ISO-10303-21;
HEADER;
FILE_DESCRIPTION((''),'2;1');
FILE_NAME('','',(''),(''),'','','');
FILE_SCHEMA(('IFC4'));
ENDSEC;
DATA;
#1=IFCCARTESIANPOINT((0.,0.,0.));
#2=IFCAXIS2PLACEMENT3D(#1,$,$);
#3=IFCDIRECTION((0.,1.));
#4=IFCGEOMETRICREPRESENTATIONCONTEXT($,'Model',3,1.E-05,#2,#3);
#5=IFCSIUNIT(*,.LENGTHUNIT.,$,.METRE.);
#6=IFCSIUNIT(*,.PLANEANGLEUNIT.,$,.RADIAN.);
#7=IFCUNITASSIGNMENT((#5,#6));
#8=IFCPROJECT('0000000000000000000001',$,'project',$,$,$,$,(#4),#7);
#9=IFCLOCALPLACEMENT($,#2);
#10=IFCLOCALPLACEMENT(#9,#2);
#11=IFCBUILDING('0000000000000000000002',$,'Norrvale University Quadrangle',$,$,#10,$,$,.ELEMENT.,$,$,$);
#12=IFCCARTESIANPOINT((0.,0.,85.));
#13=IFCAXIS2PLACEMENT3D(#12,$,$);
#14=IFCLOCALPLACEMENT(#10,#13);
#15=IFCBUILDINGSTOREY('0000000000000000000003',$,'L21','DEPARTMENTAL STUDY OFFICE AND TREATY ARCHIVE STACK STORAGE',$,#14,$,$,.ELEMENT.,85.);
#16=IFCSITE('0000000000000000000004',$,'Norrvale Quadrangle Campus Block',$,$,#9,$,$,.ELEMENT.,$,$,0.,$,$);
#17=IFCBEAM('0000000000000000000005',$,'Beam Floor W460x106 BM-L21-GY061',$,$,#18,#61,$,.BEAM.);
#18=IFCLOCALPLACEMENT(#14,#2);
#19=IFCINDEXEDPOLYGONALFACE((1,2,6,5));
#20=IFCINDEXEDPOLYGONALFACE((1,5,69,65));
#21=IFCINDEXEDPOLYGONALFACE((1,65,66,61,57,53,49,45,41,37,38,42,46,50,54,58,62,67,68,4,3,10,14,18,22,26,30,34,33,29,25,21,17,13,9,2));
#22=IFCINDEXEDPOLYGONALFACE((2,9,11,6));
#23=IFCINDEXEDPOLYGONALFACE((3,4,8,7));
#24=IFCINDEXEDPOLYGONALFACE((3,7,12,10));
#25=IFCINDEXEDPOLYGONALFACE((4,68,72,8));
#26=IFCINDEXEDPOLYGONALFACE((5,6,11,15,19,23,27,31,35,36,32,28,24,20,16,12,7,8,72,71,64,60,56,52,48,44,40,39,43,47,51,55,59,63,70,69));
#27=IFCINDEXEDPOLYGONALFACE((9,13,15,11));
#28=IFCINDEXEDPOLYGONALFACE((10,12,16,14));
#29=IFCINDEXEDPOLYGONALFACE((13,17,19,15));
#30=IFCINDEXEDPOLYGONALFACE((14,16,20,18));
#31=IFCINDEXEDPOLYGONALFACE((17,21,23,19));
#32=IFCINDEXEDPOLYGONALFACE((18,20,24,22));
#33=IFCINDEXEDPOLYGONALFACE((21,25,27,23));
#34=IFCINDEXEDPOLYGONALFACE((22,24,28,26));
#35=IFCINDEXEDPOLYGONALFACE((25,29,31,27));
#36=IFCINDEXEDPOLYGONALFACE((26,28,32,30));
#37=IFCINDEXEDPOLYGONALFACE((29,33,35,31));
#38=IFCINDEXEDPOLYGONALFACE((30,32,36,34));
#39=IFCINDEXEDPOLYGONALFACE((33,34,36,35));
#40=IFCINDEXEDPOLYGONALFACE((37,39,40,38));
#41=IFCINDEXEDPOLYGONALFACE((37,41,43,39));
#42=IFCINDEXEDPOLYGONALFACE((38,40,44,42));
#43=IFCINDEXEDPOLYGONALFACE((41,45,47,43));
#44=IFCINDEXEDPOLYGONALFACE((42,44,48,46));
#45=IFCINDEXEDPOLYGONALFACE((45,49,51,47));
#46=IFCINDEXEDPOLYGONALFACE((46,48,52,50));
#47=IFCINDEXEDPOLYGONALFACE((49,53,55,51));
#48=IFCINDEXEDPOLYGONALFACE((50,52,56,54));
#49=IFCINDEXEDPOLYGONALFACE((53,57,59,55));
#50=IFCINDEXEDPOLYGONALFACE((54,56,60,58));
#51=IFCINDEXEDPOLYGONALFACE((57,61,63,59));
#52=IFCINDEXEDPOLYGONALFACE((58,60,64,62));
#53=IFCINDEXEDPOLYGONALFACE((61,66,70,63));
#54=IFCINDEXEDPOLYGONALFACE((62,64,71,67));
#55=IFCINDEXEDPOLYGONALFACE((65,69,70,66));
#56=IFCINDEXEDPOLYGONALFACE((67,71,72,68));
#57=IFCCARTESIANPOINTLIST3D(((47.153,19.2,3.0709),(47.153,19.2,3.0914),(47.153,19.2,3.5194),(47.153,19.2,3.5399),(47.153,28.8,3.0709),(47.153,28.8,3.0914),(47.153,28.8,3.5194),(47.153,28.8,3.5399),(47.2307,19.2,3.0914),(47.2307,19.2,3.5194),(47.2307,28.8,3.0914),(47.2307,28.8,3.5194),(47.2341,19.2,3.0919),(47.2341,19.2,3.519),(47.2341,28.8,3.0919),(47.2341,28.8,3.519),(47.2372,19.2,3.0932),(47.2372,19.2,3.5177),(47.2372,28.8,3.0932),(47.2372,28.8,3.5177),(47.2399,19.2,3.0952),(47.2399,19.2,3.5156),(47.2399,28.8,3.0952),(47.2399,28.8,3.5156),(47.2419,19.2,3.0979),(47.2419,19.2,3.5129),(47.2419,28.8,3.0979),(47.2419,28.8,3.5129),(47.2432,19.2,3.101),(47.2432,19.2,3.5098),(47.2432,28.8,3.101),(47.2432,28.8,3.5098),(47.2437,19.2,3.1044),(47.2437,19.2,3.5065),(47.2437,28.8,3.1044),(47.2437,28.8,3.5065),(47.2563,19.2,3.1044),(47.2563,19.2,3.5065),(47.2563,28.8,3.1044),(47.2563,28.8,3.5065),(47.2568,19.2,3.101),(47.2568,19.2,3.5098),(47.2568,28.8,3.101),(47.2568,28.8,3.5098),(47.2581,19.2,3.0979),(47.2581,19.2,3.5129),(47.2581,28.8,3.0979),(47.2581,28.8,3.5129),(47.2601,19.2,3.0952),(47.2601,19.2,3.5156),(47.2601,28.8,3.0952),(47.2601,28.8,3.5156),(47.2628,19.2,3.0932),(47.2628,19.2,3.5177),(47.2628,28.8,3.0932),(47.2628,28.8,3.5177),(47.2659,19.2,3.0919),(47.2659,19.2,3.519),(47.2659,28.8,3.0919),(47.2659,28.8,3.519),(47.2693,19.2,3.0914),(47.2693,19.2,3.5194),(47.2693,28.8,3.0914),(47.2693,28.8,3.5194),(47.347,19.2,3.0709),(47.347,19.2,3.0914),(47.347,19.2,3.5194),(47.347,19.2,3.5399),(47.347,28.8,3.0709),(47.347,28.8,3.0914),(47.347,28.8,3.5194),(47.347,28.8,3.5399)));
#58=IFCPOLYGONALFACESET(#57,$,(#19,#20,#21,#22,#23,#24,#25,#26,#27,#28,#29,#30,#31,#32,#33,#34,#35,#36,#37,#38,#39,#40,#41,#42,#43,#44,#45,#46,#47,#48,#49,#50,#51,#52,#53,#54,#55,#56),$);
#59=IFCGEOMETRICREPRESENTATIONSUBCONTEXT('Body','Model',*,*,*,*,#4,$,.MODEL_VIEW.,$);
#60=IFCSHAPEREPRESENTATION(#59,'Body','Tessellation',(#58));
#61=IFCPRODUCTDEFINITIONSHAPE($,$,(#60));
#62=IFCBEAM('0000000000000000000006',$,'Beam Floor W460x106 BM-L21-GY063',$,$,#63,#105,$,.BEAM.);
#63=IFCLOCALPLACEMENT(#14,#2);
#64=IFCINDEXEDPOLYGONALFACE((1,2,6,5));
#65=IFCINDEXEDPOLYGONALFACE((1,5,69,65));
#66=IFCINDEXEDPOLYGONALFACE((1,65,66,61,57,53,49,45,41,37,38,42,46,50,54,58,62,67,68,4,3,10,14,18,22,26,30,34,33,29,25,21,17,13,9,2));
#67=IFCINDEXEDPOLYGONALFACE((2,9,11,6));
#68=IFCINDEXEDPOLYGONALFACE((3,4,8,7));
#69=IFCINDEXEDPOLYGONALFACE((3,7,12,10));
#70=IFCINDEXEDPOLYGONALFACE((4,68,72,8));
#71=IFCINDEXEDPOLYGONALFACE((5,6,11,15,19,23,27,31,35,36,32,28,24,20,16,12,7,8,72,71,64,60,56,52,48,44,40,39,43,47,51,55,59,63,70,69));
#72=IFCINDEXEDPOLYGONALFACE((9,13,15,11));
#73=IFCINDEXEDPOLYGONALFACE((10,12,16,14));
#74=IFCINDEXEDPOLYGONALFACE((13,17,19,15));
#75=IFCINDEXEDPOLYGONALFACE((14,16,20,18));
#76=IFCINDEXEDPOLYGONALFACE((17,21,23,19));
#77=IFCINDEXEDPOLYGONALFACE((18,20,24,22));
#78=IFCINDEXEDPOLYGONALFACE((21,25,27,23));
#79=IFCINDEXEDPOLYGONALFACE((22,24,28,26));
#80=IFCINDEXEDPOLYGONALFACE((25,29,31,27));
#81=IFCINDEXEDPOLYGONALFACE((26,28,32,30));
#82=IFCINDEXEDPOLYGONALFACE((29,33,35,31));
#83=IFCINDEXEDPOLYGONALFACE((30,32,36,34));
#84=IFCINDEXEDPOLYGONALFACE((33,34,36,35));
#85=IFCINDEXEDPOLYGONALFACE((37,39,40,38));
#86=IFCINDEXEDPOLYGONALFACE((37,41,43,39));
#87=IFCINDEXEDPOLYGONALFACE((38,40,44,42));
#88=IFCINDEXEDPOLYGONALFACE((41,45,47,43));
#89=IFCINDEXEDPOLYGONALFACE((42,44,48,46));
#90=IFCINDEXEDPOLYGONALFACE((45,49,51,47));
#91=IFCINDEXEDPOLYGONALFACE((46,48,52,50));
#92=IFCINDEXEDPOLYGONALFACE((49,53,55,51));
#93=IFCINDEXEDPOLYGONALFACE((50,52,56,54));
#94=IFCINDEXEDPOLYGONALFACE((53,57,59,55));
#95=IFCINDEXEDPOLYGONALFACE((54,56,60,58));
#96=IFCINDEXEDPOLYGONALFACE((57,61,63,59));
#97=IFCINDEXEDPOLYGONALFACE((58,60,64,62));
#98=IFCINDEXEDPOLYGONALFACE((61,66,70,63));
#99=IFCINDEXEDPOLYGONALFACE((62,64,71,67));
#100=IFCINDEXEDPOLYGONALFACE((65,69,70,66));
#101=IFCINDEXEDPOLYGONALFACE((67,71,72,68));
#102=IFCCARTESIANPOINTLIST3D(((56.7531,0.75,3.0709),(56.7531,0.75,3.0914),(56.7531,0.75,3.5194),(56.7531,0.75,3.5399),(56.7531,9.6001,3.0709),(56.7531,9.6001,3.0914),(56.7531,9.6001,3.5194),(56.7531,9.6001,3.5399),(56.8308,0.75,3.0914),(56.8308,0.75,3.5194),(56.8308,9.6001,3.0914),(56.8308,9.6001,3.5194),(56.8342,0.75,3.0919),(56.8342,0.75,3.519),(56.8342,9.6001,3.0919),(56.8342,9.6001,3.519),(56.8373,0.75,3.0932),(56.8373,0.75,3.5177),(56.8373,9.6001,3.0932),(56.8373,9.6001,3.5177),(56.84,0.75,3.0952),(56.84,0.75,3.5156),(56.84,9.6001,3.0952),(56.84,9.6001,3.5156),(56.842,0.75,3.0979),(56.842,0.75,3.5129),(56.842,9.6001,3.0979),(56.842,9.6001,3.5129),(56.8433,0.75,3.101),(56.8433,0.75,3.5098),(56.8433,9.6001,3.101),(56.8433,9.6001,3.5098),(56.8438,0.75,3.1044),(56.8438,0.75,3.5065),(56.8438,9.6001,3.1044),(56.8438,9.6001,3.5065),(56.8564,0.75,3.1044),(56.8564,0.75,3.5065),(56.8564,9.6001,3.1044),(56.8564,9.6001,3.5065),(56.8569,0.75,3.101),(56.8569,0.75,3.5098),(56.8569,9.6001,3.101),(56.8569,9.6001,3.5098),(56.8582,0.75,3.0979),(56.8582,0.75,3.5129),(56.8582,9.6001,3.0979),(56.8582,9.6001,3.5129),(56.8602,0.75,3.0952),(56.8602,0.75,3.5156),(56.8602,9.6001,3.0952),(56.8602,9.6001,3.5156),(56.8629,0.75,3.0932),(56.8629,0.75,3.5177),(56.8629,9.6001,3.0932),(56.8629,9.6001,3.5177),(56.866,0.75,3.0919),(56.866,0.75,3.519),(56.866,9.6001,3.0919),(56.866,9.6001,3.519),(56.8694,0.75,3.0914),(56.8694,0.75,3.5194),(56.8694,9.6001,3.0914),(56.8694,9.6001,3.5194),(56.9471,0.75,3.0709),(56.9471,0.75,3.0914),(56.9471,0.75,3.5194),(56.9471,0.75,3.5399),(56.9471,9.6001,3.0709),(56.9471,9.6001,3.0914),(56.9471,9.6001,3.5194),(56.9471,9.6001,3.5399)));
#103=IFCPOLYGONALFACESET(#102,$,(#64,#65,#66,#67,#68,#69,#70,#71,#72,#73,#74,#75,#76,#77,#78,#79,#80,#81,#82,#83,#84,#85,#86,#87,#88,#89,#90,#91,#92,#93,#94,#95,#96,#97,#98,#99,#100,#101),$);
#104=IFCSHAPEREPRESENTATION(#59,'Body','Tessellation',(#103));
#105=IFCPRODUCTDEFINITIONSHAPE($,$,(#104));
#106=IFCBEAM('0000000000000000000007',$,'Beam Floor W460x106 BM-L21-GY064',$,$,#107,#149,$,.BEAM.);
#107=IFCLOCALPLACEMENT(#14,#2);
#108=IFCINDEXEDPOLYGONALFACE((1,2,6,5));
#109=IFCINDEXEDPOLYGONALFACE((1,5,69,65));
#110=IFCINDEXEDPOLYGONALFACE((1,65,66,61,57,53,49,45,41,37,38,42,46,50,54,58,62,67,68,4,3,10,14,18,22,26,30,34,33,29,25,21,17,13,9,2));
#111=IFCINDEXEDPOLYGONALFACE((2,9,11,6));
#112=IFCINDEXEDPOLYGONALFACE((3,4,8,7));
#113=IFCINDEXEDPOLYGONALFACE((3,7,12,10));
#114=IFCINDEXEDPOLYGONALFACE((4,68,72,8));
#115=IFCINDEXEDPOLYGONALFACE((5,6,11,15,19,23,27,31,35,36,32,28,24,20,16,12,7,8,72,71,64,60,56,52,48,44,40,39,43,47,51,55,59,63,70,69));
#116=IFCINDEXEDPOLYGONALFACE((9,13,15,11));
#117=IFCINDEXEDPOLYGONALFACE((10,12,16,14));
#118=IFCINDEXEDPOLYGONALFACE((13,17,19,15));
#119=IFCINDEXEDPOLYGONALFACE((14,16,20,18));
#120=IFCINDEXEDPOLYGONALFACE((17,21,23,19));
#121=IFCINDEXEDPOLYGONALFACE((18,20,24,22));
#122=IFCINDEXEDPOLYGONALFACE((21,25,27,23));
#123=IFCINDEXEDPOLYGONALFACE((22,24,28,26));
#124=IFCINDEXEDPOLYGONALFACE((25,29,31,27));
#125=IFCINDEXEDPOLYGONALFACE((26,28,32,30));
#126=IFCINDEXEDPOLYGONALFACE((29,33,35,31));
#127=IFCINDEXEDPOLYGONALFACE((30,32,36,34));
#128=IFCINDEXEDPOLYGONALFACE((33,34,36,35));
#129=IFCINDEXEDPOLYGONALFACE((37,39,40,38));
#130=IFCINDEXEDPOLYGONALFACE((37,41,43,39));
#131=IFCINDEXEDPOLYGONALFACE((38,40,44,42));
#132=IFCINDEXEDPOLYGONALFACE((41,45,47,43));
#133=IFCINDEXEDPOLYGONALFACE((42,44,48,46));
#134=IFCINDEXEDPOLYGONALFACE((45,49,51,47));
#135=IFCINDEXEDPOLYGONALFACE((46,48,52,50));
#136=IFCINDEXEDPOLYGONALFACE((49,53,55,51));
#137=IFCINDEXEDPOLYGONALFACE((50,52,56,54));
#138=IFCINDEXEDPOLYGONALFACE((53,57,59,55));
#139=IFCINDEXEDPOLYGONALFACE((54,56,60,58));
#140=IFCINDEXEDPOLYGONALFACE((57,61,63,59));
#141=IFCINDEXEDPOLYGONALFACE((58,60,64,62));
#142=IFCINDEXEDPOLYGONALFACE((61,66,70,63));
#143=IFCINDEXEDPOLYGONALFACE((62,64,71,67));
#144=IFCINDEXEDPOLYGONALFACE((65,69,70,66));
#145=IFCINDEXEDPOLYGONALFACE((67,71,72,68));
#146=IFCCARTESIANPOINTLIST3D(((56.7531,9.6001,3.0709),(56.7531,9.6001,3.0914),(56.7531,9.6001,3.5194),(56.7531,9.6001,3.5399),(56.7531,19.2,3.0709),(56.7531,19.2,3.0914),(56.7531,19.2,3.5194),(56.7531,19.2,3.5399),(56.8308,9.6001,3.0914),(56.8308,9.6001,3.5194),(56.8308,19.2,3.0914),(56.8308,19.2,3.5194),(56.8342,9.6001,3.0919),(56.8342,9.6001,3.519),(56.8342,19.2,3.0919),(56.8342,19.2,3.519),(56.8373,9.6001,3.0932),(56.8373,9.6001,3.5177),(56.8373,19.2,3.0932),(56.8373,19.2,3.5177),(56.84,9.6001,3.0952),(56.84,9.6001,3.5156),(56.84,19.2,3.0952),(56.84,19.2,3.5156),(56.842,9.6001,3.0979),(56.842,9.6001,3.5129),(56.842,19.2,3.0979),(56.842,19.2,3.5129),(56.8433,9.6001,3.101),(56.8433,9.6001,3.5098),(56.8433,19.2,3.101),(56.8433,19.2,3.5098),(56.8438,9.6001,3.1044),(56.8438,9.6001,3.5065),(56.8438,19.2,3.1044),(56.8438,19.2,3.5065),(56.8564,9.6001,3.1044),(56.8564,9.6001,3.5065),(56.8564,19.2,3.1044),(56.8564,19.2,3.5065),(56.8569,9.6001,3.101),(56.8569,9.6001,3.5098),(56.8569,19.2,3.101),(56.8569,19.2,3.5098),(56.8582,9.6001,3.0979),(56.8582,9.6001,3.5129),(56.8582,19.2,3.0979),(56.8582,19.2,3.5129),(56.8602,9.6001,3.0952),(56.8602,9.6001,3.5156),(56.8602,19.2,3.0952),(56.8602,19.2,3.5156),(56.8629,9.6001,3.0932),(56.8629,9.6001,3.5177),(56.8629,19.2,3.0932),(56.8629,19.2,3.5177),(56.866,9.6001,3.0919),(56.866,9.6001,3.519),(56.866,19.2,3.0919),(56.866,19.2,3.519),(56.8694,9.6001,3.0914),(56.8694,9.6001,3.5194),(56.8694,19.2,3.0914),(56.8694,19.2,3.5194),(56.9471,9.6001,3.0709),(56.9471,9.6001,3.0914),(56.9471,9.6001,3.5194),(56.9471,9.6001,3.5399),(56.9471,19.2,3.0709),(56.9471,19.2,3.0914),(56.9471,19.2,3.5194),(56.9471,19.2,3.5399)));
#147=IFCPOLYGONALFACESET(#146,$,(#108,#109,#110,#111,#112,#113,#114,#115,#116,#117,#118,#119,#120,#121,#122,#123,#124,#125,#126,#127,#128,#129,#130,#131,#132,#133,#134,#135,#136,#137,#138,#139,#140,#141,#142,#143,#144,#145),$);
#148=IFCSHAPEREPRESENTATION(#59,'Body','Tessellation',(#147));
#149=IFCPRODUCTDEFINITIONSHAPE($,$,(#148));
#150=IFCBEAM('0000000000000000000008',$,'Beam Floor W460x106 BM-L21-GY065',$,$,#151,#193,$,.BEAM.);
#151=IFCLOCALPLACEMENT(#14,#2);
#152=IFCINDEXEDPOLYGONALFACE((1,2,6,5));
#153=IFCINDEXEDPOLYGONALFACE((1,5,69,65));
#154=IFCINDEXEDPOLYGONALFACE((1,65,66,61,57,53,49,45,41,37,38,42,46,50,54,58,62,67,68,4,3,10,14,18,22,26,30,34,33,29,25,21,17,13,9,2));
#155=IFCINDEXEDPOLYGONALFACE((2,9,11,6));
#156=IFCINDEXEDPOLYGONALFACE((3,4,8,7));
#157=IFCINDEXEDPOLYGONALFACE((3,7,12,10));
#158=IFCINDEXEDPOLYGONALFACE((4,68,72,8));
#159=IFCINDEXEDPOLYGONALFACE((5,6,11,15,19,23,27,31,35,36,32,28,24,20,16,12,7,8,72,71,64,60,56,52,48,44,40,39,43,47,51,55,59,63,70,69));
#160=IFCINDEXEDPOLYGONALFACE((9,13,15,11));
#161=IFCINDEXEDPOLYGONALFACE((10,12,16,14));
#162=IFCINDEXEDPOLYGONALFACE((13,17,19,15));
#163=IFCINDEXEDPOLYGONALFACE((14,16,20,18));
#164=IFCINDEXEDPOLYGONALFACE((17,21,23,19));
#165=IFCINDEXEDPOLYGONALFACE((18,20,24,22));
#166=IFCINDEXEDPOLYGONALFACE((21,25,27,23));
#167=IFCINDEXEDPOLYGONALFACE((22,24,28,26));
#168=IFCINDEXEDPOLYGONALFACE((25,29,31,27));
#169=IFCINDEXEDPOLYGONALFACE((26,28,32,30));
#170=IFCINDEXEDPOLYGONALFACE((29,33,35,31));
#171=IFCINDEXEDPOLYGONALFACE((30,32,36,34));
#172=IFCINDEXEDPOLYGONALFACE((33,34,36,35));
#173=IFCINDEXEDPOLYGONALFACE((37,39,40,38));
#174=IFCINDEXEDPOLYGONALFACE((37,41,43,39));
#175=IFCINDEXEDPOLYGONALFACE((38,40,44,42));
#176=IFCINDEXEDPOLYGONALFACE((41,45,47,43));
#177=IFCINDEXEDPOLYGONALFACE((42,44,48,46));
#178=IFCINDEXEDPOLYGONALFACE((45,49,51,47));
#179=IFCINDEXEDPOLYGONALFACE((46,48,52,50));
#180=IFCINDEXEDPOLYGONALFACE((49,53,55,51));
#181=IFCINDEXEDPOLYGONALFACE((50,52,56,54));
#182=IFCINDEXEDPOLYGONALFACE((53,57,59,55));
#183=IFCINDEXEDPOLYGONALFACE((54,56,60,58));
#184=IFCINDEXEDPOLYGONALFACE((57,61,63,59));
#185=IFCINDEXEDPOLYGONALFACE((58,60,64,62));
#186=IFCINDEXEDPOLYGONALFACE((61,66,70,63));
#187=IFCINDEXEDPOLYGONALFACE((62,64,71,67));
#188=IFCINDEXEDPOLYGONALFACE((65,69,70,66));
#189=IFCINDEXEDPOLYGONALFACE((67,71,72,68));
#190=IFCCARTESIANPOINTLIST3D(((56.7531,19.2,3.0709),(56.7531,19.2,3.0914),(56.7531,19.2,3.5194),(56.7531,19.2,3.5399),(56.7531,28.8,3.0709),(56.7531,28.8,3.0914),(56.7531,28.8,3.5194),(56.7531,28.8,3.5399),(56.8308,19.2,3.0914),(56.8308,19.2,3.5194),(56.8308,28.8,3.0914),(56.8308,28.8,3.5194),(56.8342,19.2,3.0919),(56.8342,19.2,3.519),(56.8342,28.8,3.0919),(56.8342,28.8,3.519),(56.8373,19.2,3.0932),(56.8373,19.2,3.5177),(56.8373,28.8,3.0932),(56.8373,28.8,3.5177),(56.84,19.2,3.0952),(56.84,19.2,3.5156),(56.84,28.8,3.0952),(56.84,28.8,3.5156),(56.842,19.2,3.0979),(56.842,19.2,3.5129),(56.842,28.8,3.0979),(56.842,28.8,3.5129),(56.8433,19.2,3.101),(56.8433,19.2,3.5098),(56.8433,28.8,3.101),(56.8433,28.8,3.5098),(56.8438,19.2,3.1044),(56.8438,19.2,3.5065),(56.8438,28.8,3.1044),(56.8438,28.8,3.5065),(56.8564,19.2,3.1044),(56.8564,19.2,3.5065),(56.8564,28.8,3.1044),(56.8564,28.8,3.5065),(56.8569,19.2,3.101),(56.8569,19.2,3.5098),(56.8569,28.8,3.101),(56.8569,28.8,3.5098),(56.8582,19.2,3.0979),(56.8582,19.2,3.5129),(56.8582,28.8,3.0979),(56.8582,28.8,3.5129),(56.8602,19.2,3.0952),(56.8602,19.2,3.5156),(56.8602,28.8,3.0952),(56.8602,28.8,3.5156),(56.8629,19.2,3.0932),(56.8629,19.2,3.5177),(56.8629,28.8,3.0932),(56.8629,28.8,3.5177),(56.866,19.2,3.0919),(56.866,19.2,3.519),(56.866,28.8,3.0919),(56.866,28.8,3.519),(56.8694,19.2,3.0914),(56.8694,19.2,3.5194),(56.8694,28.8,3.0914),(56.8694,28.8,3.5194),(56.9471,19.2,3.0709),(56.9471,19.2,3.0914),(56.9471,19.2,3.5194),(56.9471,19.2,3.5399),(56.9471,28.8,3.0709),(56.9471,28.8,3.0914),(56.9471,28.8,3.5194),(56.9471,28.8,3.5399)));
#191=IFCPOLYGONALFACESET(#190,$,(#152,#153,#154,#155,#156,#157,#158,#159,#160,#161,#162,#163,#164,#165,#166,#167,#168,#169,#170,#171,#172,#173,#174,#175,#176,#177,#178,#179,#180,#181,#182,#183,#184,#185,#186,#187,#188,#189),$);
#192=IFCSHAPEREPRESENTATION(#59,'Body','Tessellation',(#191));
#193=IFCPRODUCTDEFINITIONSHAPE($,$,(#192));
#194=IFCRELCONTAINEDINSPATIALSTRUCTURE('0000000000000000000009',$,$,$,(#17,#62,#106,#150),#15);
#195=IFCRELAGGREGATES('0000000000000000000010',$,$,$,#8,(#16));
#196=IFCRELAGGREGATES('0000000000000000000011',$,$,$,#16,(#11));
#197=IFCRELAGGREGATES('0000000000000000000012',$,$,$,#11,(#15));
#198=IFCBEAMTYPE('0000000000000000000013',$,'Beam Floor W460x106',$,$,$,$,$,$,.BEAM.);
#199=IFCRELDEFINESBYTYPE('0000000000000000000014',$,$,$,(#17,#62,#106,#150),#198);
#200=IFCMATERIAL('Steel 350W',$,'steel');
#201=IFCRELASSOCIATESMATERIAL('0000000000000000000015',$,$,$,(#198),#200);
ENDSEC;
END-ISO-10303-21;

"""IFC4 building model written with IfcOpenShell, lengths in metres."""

from ifc_helpers import new_model, si_unit, direction, frame, origin, origin_2d, place, context, subcontext, project, spatial, i_section, extrude, material, material_profile, profile_set, type_object, element, save


model = new_model("IFC4")

# Units and contexts
model_context = context("Model", 3, precision=1e-05, world=origin(), true_north=direction((0.0, 1.0)))
body_context = subcontext(model_context, "Body", "Model", "MODEL_VIEW")
ifc_project = project(units=[si_unit("LENGTHUNIT", "METRE"), si_unit("PLANEANGLEUNIT", "RADIAN")], contexts=[model_context])

# Site, building, storey
site_placement = place(None, origin())
site = spatial("IfcSite", under=ifc_project, at=site_placement, Name="Norrvale Quadrangle Campus Block", CompositionType="ELEMENT", RefElevation=0.0)
building_placement = place(site_placement, origin())
building = spatial("IfcBuilding", under=site, at=building_placement, Name="Norrvale University Quadrangle", CompositionType="ELEMENT")
storey_placement = place(building_placement, frame((0.0, 0.0, 85.0)))
storey = spatial("IfcBuildingStorey", under=building, at=storey_placement, Name="L21", Description="DEPARTMENTAL STUDY OFFICE AND TREATY ARCHIVE STACK STORAGE", CompositionType="ELEMENT", Elevation=85.0)

# Beams
ifc_material_1 = material(Name="Steel 350W", Category="steel")
ifc_material_profile_1 = material_profile(ifc_material_1, i_section(OverallWidth=0.1941, OverallDepth=0.469, WebThickness=0.0127, FlangeThickness=0.0205, FilletRadius=0.0129, at=origin_2d()), Name="Steel 350W")
ifc_profile_set_1 = profile_set([ifc_material_profile_1], Name="Steel 350W")
beam_type_1 = type_object("IfcBeamType", Name="Beam Floor W460x106", PredefinedType="BEAM", material=ifc_profile_set_1)
beam_1_placement = place(storey_placement, frame((47.25, 19.2, 3.3054), z_axis=(0.0, 1.0, 0.0), x_axis=(-1.0, 0.0, 0.0)))
element("IfcBeam", 1, at=beam_1_placement, inside=storey, type_object=beam_type_1, Name="Beam Floor W460x106 BM-L21-GY061", PredefinedType="BEAM", context=body_context, shape_type="SweptSolid", body=[
    extrude(i_section(OverallWidth=0.1941, OverallDepth=0.469, WebThickness=0.0127, FlangeThickness=0.0205, FilletRadius=0.0129, at=origin_2d()), origin(), (0.0, 0.0, 1.0), 9.6001),
])
beam_2_placement = place(storey_placement, frame((56.8501, 0.75, 3.3054), z_axis=(0.0, 1.0, 0.0), x_axis=(-1.0, 0.0, 0.0)))
element("IfcBeam", 2, at=beam_2_placement, inside=storey, type_object=beam_type_1, Name="Beam Floor W460x106 BM-L21-GY063", PredefinedType="BEAM", context=body_context, shape_type="SweptSolid", body=[
    extrude(i_section(OverallWidth=0.1941, OverallDepth=0.469, WebThickness=0.0127, FlangeThickness=0.0205, FilletRadius=0.0129, at=origin_2d()), origin(), (0.0, 0.0, 1.0), 8.8501),
])
beam_3_placement = place(storey_placement, frame((56.8501, 9.6001, 3.3054), z_axis=(0.0, 1.0, 0.0), x_axis=(-1.0, 0.0, 0.0)))
element("IfcBeam", 3, at=beam_3_placement, inside=storey, type_object=beam_type_1, Name="Beam Floor W460x106 BM-L21-GY064", PredefinedType="BEAM", context=body_context, shape_type="SweptSolid", body=[
    extrude(i_section(OverallWidth=0.1941, OverallDepth=0.469, WebThickness=0.0127, FlangeThickness=0.0205, FilletRadius=0.0129, at=origin_2d()), origin(), (0.0, 0.0, 1.0), 9.5999),
])
beam_4_placement = place(storey_placement, frame((56.8501, 19.2, 3.3054), z_axis=(0.0, 1.0, 0.0), x_axis=(-1.0, 0.0, 0.0)))
element("IfcBeam", 4, at=beam_4_placement, inside=storey, type_object=beam_type_1, Name="Beam Floor W460x106 BM-L21-GY065", PredefinedType="BEAM", context=body_context, shape_type="SweptSolid", body=[
    extrude(i_section(OverallWidth=0.1941, OverallDepth=0.469, WebThickness=0.0127, FlangeThickness=0.0205, FilletRadius=0.0129, at=origin_2d()), origin(), (0.0, 0.0, 1.0), 9.6001),
])

save(model, "model.ifc")
